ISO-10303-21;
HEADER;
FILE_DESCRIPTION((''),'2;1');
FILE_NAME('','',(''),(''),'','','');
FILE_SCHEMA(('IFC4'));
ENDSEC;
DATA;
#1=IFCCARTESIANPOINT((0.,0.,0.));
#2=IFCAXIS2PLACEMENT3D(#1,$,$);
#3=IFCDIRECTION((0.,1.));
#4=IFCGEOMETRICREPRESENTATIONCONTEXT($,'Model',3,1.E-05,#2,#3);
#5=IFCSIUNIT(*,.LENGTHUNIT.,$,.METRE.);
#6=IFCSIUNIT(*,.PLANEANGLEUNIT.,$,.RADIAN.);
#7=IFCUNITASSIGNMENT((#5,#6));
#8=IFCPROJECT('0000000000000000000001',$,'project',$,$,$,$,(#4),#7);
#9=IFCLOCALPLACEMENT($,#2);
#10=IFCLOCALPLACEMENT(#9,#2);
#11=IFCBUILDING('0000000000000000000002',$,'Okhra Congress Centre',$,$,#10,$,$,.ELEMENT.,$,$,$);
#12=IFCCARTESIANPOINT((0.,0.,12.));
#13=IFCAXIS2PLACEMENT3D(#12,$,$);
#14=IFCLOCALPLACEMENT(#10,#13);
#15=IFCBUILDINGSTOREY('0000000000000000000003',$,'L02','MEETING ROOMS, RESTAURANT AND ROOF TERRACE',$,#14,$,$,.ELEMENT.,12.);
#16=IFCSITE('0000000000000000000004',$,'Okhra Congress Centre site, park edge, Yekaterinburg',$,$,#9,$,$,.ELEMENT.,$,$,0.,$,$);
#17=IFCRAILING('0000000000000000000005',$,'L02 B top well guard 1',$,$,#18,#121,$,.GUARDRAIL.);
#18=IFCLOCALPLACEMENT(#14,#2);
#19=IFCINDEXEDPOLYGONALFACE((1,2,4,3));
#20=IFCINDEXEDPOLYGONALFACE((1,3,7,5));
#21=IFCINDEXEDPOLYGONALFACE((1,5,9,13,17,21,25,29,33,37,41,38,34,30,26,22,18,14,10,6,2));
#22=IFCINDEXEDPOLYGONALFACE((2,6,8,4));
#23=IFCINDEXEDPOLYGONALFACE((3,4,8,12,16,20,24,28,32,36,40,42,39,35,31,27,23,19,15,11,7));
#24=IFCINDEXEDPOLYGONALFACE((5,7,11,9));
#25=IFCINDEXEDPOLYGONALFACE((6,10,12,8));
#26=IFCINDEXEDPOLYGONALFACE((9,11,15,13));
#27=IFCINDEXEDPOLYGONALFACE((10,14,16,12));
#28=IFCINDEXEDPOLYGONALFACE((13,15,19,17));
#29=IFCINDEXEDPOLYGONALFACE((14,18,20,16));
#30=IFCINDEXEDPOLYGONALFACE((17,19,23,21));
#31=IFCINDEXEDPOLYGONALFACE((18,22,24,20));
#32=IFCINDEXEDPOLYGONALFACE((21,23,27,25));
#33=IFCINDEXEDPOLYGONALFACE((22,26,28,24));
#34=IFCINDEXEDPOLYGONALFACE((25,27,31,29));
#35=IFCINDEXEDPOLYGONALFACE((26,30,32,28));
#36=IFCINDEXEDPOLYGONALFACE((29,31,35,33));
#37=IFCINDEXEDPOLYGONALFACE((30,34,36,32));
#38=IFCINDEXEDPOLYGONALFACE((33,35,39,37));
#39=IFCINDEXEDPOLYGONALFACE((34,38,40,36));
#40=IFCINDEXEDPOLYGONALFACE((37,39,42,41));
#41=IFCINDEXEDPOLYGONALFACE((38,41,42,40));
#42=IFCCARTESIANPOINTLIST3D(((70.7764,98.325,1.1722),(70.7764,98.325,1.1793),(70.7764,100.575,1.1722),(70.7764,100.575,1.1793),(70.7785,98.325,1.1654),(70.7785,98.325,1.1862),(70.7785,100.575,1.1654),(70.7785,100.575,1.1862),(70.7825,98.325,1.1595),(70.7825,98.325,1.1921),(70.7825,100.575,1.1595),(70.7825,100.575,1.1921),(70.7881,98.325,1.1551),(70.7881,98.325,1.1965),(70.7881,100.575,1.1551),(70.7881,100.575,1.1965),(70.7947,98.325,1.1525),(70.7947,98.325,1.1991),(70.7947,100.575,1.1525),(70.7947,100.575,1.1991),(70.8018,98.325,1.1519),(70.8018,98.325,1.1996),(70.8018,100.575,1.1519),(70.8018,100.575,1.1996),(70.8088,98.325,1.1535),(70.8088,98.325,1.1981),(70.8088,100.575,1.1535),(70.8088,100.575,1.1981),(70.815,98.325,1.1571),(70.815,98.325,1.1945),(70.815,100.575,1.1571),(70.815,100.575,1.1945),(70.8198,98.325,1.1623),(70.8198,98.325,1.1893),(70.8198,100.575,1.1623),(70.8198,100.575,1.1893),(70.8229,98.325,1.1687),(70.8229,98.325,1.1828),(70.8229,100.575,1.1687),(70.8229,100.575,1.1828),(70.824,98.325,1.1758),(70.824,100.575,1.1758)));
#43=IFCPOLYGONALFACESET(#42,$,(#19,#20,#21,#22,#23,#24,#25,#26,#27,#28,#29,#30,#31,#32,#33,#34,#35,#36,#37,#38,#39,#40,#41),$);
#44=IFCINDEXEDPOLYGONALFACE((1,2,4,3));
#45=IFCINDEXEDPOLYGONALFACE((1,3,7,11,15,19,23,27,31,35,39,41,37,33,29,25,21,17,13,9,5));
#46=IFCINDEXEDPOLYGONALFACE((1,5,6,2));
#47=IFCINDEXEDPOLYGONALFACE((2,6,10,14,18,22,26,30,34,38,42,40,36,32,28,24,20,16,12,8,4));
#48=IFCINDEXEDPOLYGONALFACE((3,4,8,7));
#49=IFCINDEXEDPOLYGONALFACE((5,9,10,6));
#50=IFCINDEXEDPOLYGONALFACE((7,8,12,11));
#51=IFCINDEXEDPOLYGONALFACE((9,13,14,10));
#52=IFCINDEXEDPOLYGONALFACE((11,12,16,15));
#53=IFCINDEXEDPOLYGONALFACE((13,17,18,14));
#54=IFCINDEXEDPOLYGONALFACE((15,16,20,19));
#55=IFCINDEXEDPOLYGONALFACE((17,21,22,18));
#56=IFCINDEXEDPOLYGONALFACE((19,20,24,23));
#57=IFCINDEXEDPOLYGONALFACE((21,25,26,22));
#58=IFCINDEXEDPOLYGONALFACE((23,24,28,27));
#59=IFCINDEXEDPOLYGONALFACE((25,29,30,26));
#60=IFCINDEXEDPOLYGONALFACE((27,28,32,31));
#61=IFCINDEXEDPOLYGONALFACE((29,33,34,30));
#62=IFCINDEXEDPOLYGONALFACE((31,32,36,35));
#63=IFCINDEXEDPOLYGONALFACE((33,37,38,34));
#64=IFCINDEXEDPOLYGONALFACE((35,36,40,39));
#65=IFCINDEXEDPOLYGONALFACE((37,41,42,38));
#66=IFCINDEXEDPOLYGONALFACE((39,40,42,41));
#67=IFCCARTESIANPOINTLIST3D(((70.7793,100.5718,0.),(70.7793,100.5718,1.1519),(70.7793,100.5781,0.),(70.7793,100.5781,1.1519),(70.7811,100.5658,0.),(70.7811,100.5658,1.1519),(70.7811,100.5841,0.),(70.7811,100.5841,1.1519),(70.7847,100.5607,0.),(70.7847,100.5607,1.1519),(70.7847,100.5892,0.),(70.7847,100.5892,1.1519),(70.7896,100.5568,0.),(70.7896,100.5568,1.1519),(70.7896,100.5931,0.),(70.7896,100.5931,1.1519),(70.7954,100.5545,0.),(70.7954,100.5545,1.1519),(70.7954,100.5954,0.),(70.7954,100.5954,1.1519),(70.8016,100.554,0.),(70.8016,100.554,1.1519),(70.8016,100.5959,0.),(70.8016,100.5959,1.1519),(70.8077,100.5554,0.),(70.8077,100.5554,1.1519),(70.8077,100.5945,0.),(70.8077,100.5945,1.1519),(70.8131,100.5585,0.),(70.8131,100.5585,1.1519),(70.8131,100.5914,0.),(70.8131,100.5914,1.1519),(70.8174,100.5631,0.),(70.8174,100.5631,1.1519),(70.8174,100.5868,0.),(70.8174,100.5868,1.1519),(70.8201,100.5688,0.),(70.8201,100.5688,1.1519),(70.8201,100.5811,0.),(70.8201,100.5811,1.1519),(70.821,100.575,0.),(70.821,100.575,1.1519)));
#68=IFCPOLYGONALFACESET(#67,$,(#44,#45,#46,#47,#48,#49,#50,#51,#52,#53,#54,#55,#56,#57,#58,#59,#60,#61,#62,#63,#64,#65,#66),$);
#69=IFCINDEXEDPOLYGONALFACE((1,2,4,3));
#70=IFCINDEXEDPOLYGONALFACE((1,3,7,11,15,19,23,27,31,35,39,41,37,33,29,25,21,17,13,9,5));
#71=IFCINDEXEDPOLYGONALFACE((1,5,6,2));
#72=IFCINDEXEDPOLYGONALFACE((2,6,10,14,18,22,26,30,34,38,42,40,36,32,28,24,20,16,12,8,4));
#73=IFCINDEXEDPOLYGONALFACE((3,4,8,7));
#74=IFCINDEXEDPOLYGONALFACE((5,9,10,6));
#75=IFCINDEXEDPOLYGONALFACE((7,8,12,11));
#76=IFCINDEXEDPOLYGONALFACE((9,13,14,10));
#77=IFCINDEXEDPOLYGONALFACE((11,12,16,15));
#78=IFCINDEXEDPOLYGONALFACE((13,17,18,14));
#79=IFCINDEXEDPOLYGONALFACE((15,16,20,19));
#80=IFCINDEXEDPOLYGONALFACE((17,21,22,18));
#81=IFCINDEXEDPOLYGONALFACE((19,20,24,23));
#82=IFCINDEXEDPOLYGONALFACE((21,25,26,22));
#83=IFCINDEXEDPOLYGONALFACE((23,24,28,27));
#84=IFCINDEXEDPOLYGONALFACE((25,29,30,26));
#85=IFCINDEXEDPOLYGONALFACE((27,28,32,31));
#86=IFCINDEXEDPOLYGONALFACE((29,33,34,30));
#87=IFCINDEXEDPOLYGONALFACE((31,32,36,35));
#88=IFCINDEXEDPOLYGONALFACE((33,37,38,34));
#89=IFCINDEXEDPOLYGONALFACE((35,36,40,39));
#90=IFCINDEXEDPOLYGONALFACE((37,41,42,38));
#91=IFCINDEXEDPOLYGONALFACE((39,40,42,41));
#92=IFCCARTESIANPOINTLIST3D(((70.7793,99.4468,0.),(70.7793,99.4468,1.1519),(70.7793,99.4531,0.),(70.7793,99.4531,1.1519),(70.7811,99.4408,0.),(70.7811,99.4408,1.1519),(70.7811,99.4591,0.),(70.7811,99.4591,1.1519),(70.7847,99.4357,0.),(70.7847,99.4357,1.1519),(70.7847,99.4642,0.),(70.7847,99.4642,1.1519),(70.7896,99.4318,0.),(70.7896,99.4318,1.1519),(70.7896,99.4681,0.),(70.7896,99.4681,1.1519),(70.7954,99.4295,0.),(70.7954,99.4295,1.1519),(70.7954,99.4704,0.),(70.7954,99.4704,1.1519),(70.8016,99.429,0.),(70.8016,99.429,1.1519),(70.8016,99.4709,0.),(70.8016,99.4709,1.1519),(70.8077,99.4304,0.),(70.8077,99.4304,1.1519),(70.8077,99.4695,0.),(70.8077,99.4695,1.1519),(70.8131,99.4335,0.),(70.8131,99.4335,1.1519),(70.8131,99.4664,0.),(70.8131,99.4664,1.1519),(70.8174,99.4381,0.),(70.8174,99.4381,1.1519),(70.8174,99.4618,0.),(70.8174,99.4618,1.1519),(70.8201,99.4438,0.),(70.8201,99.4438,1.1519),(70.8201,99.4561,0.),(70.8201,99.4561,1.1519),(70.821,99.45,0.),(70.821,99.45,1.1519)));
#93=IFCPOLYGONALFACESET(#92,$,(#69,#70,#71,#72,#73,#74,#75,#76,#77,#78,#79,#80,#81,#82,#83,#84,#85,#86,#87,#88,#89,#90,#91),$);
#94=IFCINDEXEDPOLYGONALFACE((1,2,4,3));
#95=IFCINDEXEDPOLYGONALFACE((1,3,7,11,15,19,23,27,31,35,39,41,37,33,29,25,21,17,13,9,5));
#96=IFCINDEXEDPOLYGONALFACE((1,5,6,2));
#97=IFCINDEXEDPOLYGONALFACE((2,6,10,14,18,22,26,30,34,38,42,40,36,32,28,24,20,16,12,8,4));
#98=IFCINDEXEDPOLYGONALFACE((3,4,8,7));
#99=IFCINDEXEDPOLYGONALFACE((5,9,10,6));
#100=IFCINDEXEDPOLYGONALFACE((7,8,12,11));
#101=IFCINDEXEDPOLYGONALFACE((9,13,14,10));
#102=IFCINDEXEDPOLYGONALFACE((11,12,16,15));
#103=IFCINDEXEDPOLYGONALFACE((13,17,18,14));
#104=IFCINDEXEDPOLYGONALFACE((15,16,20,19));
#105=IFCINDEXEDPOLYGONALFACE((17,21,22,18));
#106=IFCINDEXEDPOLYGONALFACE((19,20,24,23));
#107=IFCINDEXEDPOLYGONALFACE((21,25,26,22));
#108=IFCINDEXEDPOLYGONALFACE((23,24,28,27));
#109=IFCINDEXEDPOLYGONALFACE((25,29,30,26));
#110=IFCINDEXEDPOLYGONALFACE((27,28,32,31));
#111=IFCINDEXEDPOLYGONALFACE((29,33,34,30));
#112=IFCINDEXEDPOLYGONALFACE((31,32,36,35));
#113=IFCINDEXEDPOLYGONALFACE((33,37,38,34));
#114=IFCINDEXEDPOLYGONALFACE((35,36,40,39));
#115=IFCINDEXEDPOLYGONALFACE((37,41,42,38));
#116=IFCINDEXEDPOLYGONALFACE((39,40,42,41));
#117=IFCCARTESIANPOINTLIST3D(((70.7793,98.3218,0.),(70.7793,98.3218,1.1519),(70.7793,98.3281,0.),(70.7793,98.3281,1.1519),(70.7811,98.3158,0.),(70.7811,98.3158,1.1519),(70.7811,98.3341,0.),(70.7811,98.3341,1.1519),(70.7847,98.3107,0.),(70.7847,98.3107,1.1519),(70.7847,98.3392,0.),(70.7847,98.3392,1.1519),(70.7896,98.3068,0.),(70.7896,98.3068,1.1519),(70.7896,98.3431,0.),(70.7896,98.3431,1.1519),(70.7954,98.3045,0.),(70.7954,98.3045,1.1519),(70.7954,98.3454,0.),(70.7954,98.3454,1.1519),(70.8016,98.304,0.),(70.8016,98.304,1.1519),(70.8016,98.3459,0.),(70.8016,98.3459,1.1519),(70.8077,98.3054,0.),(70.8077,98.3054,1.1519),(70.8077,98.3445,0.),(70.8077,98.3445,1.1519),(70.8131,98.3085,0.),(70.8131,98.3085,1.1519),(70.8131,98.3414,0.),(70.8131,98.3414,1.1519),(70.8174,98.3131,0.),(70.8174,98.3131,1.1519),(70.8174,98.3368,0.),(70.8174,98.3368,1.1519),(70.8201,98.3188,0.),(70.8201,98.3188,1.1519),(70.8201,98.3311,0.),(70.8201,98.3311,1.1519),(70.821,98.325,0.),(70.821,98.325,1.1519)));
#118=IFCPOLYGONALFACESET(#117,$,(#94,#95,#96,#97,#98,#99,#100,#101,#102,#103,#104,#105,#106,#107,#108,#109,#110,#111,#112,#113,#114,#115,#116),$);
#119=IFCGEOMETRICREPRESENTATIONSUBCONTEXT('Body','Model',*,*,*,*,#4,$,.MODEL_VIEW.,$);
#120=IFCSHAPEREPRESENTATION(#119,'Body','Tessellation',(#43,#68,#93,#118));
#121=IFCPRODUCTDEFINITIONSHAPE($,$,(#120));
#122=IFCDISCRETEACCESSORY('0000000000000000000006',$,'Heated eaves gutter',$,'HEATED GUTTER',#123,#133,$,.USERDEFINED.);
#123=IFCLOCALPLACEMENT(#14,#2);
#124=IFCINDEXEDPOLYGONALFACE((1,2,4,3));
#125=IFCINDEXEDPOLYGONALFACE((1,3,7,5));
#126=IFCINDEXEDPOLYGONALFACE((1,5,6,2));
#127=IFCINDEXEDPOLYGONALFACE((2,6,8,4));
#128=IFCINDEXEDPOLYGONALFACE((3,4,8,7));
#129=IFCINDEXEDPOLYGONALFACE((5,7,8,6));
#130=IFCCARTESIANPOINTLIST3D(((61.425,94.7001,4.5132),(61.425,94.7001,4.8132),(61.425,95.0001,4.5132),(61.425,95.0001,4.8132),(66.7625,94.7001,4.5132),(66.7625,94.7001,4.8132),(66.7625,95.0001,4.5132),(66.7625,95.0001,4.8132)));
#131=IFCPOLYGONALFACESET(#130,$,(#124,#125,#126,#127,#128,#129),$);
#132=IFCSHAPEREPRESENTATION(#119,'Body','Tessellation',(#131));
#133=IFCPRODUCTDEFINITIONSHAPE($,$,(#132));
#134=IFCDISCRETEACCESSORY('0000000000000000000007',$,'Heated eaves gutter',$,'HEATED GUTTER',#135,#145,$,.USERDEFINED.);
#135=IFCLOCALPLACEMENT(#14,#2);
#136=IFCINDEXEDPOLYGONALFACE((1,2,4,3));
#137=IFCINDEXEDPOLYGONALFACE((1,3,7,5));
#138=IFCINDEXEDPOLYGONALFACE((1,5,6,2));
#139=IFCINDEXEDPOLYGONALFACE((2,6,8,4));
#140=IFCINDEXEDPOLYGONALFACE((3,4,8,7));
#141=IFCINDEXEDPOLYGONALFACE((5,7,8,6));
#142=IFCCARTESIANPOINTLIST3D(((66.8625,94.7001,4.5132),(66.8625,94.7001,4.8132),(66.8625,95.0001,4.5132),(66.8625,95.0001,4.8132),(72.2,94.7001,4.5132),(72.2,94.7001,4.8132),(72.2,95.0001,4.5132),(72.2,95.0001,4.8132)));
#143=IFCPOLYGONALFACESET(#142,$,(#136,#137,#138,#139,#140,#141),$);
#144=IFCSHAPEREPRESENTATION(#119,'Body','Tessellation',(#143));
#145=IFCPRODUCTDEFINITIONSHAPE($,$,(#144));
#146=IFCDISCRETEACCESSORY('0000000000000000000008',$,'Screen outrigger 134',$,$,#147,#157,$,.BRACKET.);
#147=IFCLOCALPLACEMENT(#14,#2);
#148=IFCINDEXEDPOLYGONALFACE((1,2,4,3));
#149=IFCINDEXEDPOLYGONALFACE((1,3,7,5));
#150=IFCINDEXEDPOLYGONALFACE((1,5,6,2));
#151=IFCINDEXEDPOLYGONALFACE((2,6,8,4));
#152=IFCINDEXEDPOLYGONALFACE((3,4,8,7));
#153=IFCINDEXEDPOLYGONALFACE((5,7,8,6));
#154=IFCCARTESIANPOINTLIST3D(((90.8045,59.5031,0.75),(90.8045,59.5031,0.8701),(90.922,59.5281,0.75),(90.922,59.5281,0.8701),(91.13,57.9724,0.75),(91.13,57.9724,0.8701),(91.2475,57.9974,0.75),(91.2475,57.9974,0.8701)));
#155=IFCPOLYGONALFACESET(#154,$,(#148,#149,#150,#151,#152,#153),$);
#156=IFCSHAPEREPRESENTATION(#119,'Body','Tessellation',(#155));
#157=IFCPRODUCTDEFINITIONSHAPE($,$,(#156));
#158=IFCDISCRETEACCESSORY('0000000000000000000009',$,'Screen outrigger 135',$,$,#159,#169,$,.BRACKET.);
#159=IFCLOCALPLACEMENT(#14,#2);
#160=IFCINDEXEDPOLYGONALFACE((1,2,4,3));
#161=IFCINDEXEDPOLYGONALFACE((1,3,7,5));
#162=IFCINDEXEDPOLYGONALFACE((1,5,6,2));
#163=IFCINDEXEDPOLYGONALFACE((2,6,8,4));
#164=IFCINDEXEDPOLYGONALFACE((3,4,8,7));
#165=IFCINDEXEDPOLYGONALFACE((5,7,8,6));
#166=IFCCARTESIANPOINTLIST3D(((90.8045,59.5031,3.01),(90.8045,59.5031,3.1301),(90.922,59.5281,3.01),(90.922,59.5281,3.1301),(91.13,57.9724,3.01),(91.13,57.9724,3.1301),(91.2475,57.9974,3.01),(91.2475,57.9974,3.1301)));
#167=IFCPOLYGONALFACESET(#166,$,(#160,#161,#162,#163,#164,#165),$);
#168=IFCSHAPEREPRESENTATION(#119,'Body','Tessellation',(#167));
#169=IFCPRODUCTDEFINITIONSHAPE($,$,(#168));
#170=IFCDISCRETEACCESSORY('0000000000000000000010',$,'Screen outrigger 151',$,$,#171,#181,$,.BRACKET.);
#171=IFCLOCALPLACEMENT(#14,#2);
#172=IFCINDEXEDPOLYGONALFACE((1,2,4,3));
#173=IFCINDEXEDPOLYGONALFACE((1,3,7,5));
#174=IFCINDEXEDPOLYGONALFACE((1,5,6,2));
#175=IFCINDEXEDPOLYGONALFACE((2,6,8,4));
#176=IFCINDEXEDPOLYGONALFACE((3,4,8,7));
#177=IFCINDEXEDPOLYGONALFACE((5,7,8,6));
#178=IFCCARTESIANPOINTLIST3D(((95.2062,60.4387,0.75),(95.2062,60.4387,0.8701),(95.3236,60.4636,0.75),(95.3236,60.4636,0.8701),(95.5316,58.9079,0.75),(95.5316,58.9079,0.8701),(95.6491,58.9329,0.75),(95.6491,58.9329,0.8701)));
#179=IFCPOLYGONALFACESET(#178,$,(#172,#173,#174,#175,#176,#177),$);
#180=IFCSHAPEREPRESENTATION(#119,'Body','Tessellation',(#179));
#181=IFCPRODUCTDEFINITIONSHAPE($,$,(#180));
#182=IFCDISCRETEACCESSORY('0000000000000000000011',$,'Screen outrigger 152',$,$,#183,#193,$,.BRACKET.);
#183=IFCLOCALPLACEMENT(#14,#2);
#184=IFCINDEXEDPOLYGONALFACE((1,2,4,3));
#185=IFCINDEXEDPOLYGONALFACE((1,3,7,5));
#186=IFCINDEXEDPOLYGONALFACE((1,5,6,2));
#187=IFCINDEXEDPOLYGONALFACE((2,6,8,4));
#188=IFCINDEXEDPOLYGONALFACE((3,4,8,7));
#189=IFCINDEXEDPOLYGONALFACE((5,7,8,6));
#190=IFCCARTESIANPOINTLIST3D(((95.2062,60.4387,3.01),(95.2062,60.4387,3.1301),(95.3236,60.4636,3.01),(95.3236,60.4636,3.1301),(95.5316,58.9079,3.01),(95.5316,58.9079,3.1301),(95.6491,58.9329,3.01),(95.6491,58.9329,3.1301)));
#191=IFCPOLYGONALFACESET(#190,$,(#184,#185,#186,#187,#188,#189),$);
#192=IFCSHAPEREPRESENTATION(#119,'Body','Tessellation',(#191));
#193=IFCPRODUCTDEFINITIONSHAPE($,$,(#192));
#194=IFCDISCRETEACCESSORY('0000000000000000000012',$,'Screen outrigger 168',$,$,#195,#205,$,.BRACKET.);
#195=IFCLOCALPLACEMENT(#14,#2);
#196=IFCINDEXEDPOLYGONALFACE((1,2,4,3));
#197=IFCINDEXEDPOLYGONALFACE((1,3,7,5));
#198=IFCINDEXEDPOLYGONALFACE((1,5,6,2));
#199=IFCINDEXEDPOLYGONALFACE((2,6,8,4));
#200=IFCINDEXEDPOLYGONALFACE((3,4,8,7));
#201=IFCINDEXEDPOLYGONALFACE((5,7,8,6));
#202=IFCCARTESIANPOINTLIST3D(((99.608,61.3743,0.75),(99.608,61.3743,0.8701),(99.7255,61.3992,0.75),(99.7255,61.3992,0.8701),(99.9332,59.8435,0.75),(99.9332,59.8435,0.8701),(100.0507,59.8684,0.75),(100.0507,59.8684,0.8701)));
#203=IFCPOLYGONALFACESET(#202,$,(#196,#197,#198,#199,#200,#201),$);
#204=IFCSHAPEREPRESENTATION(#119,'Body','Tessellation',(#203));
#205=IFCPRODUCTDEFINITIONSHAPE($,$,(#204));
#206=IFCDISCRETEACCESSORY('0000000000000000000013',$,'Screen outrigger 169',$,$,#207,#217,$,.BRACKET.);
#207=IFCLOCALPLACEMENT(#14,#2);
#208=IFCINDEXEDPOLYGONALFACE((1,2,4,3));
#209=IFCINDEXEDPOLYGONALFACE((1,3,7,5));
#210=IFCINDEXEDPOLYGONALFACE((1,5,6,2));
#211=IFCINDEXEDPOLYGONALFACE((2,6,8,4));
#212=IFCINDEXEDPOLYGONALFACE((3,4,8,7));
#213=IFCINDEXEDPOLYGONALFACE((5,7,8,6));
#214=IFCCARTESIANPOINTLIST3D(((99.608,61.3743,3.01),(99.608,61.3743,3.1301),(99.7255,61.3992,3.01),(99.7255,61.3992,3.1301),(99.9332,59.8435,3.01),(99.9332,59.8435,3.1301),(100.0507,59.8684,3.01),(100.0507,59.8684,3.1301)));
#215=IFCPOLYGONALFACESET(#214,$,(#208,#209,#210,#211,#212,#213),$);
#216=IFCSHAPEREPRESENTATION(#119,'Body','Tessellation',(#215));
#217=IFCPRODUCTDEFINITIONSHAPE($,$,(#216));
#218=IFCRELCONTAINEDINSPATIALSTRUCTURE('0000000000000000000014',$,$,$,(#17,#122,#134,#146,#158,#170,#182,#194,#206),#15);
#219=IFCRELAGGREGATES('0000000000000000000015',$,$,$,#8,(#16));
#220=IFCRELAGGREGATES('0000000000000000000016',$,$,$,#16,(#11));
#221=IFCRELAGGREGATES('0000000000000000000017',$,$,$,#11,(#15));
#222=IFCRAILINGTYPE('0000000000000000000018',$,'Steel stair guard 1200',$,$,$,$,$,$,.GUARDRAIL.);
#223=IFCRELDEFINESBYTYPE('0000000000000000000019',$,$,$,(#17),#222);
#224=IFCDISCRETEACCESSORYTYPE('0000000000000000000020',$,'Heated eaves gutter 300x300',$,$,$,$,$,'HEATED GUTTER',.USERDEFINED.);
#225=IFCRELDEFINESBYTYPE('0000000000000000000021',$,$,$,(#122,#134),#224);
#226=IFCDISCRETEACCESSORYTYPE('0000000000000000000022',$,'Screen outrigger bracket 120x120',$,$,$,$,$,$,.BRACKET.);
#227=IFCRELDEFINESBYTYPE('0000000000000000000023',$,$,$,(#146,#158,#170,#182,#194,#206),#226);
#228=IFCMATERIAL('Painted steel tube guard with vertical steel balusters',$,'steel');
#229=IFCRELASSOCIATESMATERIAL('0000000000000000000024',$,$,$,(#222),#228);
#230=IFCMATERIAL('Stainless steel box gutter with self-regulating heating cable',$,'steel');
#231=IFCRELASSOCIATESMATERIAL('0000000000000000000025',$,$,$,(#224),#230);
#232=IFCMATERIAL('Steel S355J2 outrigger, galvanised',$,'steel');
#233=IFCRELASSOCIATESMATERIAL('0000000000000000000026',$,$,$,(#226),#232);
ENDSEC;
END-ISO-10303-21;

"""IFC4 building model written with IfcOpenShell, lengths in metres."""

from ifc_helpers import new_model, si_unit, direction, frame, origin, origin_2d, place, context, subcontext, project, spatial, rectangle, circle, extrude, material, material_profile, profile_set, type_object, element, save


model = new_model("IFC4")

# Units and contexts
model_context = context("Model", 3, precision=1e-05, world=origin(), true_north=direction((0.0, 1.0)))
body_context = subcontext(model_context, "Body", "Model", "MODEL_VIEW")
ifc_project = project(units=[si_unit("LENGTHUNIT", "METRE"), si_unit("PLANEANGLEUNIT", "RADIAN")], contexts=[model_context])

# Site, building, storey
site_placement = place(None, origin())
site = spatial("IfcSite", under=ifc_project, at=site_placement, Name="Okhra Congress Centre site, park edge, Yekaterinburg", CompositionType="ELEMENT", RefElevation=0.0)
building_placement = place(site_placement, origin())
building = spatial("IfcBuilding", under=site, at=building_placement, Name="Okhra Congress Centre", CompositionType="ELEMENT")
storey_placement = place(building_placement, frame((0.0, 0.0, 12.0)))
storey = spatial("IfcBuildingStorey", under=building, at=storey_placement, Name="L02", Description="MEETING ROOMS, RESTAURANT AND ROOF TERRACE", CompositionType="ELEMENT", Elevation=12.0)

# Railing
ifc_material_1 = material(Name="Painted steel tube guard with vertical steel balusters", Category="steel")
railing_type_1 = type_object("IfcRailingType", Name="Steel stair guard 1200", PredefinedType="GUARDRAIL", material=ifc_material_1)
railing_1_placement = place(storey_placement, frame((70.8, 100.575, 0.0)))
element("IfcRailing", 1, at=railing_1_placement, inside=storey, type_object=railing_type_1, Name="L02 B top well guard 1", PredefinedType="GUARDRAIL", context=body_context, shape_type="SweptSolid", body=[
    extrude(circle(Radius=0.0239, at=origin_2d()), frame((0.0, 0.0, 1.1758), z_axis=(0.0, -1.0, 0.0), x_axis=(1.0, 0.0, 0.0)), (0.0, 0.0, 1.0), 2.25),
    extrude(circle(Radius=0.021, at=origin_2d()), origin(), (0.0, 0.0, 1.0), 1.1519),
    extrude(circle(Radius=0.021, at=origin_2d()), frame((0.0, -1.125, 0.0)), (0.0, 0.0, 1.0), 1.1519),
    extrude(circle(Radius=0.021, at=origin_2d()), frame((0.0, -2.25, 0.0)), (0.0, 0.0, 1.0), 1.1519),
])

# Discrete accessories
ifc_material_2 = material(Name="Stainless steel box gutter with self-regulating heating cable", Category="steel")
discrete_accessory_type_1 = type_object("IfcDiscreteAccessoryType", Name="Heated eaves gutter 300x300", ElementType="HEATED GUTTER", PredefinedType="USERDEFINED", material=ifc_material_2)
for number, where, z_axis, x_axis, name in (
    (2, (64.0938, 94.8501, 4.5132), (0.0, 0.0, 1.0), (1.0, 0.0, 0.0), "Heated eaves gutter"),
    (3, (69.5312, 94.8501, 4.5132), (0.0, 0.0, 1.0), (1.0, 0.0, 0.0), "Heated eaves gutter"),
):
    element("IfcDiscreteAccessory", number, at=place(storey_placement, frame(where, z_axis=z_axis, x_axis=x_axis)), inside=storey, type_object=discrete_accessory_type_1, Name=name, ObjectType="HEATED GUTTER", PredefinedType="USERDEFINED", context=body_context, shape_type="SweptSolid", body=[
        extrude(rectangle(XDim=5.3374, YDim=0.3, at=origin_2d()), origin(), (0.0, 0.0, 1.0), 0.3),
    ])
ifc_material_3 = material(Name="Steel S355J2 outrigger, galvanised", Category="steel")
ifc_material_profile_1 = material_profile(ifc_material_3, rectangle(XDim=0.1201, YDim=0.1201, at=origin_2d()), Name="Screen outrigger bracket 120x120")
ifc_profile_set_1 = profile_set([ifc_material_profile_1], Name="Steel S355J2 outrigger, galvanised")
discrete_accessory_type_2 = type_object("IfcDiscreteAccessoryType", Name="Screen outrigger bracket 120x120", PredefinedType="BRACKET", material=ifc_profile_set_1)
for number, where, z_axis, x_axis, name in (
    (4, (91.1887, 57.9849, 0.8101), (-0.207952, 0.978139, 0.0), (-0.978139, -0.207952, 0.0), "Screen outrigger 134"),
    (5, (91.1887, 57.9849, 3.0701), (-0.207952, 0.978139, 0.0), (-0.978139, -0.207952, 0.0), "Screen outrigger 135"),
    (6, (95.5903, 58.9204, 0.8101), (-0.207952, 0.978139, 0.0), (-0.978139, -0.207952, 0.0), "Screen outrigger 151"),
    (7, (95.5903, 58.9204, 3.0701), (-0.207952, 0.978139, 0.0), (-0.978139, -0.207952, 0.0), "Screen outrigger 152"),
    (8, (99.9919, 59.856, 0.8101), (-0.207803, 0.978171, 0.0), (-0.978171, -0.207803, 0.0), "Screen outrigger 168"),
    (9, (99.9919, 59.856, 3.0701), (-0.207803, 0.978171, 0.0), (-0.978171, -0.207803, 0.0), "Screen outrigger 169"),
):
    element("IfcDiscreteAccessory", number, at=place(storey_placement, frame(where, z_axis=z_axis, x_axis=x_axis)), inside=storey, type_object=discrete_accessory_type_2, Name=name, PredefinedType="BRACKET", context=body_context, shape_type="SweptSolid", body=[
        extrude(rectangle(XDim=0.1201, YDim=0.1201, at=origin_2d()), origin(), (0.0, 0.0, 1.0), 1.5649),
    ])

save(model, "model.ifc")
